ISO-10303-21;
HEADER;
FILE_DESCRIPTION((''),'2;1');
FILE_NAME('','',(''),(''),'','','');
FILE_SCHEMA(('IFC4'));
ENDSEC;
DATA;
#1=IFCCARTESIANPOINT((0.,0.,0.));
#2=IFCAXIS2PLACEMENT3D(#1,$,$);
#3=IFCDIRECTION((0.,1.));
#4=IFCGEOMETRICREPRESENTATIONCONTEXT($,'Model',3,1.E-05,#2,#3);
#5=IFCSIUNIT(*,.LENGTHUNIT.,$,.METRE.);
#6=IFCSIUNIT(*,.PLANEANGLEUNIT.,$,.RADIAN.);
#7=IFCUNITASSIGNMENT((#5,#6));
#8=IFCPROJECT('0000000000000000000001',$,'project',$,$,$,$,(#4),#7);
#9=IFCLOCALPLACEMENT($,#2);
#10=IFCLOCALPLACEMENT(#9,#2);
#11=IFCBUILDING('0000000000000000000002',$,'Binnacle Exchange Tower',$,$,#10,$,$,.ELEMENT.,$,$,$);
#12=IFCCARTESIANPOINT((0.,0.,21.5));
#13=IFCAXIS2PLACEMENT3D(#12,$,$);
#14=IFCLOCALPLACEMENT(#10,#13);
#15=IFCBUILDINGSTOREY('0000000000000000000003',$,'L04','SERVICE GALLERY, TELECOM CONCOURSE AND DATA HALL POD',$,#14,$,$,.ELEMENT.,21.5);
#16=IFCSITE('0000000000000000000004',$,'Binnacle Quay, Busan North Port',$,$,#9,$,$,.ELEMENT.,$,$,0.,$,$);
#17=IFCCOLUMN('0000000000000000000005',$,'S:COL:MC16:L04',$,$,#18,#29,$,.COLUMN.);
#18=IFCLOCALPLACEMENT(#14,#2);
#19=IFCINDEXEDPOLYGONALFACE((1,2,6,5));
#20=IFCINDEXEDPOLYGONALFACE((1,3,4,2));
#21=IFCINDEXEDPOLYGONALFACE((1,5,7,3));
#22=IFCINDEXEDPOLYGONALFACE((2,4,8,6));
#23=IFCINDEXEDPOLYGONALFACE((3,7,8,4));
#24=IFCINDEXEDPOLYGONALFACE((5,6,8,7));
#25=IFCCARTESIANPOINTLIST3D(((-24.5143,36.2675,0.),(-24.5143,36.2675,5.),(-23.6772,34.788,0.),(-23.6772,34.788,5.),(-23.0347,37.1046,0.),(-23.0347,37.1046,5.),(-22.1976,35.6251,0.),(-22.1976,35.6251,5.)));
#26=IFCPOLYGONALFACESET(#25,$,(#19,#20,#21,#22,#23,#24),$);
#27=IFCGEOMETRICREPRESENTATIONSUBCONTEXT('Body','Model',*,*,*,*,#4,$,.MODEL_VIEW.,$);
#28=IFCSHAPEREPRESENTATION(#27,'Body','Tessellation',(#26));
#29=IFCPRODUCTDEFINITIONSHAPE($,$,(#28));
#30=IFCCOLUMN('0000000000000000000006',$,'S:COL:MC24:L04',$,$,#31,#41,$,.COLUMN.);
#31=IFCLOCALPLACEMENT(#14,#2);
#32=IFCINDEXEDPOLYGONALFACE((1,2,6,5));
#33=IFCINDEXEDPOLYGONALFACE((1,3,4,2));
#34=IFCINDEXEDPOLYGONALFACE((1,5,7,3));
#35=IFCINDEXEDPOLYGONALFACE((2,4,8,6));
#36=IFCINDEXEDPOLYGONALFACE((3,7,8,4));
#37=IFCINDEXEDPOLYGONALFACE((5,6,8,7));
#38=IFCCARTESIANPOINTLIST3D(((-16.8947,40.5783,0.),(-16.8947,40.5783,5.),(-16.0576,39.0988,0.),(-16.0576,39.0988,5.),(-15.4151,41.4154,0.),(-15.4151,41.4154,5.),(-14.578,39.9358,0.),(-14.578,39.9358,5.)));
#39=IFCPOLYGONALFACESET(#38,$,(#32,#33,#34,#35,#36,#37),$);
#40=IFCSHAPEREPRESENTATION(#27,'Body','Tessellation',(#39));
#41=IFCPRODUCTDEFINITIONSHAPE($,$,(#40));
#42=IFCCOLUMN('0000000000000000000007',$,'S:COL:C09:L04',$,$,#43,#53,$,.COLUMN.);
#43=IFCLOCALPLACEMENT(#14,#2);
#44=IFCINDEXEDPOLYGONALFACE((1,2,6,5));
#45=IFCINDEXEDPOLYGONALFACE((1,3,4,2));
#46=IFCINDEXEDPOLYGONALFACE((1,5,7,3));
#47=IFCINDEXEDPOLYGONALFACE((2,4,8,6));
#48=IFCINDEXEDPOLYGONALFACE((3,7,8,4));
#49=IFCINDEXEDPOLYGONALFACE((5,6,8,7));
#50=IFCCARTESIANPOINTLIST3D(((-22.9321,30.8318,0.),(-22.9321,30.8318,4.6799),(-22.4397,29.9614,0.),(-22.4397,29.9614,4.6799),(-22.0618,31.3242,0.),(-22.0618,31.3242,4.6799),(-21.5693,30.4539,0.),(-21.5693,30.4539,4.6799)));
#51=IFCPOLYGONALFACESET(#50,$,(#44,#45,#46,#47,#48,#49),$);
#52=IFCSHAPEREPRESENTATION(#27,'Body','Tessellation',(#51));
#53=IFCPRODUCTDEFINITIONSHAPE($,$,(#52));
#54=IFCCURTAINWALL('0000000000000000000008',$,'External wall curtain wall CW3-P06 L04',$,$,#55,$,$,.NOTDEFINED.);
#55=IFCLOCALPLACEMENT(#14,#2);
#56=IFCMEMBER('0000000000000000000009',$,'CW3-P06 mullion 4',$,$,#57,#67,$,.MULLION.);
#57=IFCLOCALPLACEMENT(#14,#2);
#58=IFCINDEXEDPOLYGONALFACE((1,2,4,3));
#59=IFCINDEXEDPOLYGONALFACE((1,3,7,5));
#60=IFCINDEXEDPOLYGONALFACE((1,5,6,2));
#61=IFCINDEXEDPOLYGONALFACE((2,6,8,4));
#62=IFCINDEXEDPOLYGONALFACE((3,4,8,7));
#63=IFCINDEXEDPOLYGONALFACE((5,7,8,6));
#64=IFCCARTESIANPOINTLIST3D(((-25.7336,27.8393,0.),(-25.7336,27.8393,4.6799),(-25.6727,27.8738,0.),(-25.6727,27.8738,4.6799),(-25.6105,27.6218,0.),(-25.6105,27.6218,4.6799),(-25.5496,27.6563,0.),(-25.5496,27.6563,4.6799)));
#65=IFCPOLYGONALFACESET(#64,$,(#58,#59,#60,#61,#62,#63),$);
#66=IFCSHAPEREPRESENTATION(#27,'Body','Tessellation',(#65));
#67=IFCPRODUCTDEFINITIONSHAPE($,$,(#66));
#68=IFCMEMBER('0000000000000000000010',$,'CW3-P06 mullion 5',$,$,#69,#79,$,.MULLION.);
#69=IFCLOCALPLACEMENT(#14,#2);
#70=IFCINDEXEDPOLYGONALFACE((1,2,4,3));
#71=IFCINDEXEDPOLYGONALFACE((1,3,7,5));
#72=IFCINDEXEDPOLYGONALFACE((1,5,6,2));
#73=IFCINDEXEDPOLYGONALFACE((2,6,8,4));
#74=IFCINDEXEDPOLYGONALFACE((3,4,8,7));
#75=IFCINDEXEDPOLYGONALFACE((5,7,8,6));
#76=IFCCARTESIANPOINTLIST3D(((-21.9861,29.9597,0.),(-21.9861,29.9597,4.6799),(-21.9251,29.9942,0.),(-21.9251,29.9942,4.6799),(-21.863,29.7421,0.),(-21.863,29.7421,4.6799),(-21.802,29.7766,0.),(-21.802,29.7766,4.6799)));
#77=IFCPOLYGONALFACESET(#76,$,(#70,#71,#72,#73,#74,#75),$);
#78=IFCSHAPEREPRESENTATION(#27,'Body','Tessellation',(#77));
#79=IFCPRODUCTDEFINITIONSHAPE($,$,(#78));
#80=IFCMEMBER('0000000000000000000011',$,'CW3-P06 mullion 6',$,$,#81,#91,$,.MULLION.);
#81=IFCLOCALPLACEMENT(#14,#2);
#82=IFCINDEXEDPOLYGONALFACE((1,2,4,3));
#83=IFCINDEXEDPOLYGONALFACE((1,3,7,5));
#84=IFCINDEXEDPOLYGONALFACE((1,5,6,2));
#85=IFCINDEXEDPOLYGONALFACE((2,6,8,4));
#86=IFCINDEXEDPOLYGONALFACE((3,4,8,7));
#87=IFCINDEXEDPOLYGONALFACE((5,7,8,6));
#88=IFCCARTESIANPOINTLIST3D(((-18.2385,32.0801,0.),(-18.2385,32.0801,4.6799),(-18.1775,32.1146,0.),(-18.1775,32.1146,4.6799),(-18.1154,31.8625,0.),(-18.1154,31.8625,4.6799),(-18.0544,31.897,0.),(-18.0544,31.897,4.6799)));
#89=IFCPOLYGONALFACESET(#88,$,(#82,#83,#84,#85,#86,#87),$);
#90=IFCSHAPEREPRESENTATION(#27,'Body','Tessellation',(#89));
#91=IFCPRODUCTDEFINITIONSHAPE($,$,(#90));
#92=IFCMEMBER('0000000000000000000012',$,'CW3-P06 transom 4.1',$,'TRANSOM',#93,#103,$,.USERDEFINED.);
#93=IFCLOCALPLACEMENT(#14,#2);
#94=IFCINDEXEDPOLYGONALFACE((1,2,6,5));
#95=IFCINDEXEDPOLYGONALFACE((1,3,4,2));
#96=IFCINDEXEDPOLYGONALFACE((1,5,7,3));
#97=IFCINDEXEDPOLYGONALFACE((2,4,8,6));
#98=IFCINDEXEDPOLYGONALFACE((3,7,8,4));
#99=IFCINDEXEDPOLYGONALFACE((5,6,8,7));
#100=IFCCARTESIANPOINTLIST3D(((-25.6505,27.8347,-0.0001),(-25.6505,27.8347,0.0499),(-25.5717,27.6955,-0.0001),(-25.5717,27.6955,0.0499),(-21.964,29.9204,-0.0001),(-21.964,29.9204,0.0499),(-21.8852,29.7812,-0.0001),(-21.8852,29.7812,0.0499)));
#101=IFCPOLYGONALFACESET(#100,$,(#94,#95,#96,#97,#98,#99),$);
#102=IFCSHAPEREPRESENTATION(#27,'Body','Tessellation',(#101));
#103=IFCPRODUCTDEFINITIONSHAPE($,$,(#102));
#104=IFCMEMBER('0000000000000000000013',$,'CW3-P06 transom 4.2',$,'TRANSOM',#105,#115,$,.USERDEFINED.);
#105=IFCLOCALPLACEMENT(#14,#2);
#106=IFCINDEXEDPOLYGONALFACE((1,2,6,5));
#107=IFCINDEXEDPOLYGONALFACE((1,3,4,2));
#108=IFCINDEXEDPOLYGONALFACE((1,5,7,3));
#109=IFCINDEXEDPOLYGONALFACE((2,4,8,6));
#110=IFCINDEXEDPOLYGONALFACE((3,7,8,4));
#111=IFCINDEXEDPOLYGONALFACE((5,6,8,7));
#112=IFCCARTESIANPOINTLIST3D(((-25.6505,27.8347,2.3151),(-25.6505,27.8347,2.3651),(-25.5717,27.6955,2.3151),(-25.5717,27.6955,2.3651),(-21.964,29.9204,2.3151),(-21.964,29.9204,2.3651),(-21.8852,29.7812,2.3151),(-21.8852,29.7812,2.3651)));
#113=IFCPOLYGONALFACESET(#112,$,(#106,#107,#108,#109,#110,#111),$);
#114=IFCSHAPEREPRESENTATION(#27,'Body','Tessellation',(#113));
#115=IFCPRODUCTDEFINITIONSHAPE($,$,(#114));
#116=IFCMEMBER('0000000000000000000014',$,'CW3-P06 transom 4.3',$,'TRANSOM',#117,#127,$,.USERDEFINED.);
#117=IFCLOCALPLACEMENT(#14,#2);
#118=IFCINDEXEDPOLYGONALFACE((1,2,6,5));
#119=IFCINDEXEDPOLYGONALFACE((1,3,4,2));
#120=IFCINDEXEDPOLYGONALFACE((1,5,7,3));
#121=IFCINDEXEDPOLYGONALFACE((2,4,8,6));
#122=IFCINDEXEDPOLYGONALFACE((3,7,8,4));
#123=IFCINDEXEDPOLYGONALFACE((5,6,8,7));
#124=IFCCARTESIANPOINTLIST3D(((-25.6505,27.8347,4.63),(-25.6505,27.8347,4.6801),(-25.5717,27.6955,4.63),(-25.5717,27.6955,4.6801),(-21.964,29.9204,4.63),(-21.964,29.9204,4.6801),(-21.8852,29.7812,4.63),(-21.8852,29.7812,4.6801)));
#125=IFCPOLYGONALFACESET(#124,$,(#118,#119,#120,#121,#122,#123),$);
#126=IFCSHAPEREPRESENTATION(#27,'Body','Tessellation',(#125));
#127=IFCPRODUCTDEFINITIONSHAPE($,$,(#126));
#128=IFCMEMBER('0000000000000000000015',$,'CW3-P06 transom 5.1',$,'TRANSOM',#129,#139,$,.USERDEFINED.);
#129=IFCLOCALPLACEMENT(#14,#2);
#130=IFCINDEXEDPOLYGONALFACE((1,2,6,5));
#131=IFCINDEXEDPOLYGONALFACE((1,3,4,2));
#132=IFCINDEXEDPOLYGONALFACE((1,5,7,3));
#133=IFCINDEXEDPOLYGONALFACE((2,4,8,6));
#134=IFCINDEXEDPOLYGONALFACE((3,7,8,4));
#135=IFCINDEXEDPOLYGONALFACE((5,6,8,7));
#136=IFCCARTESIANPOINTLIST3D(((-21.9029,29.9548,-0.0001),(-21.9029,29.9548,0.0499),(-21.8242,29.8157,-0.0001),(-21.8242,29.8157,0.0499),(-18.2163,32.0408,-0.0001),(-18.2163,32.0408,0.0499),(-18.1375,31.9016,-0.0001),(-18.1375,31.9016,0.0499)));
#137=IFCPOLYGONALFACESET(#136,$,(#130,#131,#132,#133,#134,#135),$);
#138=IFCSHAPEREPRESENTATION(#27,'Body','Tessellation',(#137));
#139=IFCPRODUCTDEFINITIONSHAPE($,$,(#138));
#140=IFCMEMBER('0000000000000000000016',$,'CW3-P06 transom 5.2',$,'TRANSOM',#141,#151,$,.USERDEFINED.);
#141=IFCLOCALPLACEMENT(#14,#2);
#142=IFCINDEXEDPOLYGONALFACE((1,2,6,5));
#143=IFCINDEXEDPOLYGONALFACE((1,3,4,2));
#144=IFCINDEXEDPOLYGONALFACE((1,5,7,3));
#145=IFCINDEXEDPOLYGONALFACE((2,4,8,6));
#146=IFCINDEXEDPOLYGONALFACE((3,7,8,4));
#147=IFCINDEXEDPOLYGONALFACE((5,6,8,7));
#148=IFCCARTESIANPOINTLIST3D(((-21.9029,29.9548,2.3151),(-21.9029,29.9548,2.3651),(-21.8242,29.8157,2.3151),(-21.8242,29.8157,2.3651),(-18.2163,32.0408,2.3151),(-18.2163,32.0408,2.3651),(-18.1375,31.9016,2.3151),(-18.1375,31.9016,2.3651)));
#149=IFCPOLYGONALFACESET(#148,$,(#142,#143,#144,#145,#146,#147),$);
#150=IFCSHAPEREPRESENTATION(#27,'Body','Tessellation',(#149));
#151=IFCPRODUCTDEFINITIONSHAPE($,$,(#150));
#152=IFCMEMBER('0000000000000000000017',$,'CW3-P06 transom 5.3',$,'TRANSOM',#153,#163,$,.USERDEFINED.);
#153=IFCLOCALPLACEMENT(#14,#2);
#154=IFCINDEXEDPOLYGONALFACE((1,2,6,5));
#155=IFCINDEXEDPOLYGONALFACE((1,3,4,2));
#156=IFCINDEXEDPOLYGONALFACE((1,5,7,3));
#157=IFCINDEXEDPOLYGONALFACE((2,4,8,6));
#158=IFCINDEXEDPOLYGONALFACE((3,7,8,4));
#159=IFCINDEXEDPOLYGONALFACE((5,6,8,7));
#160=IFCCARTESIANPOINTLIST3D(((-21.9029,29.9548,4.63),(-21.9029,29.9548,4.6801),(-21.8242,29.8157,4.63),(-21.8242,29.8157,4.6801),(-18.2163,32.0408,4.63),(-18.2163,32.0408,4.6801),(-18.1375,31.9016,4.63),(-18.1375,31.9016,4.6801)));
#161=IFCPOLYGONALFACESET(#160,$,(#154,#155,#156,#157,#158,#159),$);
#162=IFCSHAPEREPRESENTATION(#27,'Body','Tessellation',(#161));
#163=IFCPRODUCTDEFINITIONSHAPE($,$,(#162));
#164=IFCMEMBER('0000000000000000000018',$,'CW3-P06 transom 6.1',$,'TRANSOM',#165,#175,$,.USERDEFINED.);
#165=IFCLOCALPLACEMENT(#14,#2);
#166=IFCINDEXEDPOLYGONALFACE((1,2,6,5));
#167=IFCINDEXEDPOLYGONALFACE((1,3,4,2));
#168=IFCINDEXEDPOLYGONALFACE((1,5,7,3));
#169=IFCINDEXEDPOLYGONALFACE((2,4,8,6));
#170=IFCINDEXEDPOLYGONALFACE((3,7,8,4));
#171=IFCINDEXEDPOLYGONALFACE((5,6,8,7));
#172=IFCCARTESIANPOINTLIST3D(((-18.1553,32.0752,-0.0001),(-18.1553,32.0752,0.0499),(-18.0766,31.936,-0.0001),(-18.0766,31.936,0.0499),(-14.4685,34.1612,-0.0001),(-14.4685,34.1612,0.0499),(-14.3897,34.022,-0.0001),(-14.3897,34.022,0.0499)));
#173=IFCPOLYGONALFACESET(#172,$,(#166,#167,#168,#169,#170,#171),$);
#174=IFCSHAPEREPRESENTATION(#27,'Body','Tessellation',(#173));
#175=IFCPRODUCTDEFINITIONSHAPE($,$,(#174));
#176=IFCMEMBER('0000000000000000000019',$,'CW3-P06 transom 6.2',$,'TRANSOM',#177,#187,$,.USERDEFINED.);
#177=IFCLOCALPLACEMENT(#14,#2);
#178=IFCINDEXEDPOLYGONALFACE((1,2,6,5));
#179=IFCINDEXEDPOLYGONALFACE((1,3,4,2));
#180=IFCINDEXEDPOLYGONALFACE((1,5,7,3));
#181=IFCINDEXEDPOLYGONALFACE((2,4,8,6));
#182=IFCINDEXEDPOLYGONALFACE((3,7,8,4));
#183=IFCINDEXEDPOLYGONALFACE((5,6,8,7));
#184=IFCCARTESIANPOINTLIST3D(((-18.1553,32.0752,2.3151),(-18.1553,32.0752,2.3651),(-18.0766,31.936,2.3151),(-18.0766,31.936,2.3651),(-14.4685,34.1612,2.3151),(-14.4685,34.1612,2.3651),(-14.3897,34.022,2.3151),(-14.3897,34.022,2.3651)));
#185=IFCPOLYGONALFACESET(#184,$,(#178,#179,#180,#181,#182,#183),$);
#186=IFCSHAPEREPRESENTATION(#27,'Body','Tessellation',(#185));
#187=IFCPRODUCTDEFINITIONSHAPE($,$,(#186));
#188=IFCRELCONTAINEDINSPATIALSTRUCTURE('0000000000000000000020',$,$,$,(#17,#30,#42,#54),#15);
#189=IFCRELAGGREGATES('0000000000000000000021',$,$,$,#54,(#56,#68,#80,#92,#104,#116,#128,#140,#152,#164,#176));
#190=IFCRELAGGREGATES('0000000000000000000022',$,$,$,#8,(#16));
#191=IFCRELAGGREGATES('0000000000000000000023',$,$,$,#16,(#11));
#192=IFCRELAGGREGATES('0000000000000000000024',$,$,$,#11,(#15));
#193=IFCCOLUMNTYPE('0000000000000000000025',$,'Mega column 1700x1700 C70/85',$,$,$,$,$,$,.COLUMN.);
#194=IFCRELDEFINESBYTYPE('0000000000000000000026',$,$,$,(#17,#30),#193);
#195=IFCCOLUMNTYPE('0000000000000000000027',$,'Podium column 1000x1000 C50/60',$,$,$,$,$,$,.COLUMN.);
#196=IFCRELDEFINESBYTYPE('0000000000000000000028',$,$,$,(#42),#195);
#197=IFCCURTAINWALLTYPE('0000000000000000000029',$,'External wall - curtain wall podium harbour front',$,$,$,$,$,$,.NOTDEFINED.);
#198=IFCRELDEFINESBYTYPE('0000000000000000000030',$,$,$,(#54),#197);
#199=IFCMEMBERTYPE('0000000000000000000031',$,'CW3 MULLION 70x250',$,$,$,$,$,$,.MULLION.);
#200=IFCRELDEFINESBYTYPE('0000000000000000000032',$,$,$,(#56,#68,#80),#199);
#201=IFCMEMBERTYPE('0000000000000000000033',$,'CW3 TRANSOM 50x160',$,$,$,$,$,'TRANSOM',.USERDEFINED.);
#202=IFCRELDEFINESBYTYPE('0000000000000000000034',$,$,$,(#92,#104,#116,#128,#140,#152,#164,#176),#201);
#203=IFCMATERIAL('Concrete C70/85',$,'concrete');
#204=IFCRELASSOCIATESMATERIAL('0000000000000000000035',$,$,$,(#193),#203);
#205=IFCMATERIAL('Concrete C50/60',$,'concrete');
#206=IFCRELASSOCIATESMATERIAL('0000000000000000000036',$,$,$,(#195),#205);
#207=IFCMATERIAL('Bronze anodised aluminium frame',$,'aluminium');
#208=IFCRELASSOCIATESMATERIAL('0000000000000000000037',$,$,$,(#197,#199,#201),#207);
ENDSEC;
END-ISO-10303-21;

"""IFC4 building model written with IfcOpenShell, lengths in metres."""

from ifc_helpers import new_model, si_unit, direction, frame, origin, origin_2d, place, context, subcontext, project, spatial, rectangle, extrude, material, material_profile, profile_set, type_object, element, aggregate, save


model = new_model("IFC4")

# Units and contexts
model_context = context("Model", 3, precision=1e-05, world=origin(), true_north=direction((0.0, 1.0)))
body_context = subcontext(model_context, "Body", "Model", "MODEL_VIEW")
ifc_project = project(units=[si_unit("LENGTHUNIT", "METRE"), si_unit("PLANEANGLEUNIT", "RADIAN")], contexts=[model_context])

# Site, building, storey
site_placement = place(None, origin())
site = spatial("IfcSite", under=ifc_project, at=site_placement, Name="Binnacle Quay, Busan North Port", CompositionType="ELEMENT", RefElevation=0.0)
building_placement = place(site_placement, origin())
building = spatial("IfcBuilding", under=site, at=building_placement, Name="Binnacle Exchange Tower", CompositionType="ELEMENT")
storey_placement = place(building_placement, frame((0.0, 0.0, 21.5)))
storey = spatial("IfcBuildingStorey", under=building, at=storey_placement, Name="L04", Description="SERVICE GALLERY, TELECOM CONCOURSE AND DATA HALL POD", CompositionType="ELEMENT", Elevation=21.5)

# Columns
ifc_material_1 = material(Name="Concrete C70/85", Category="concrete")
ifc_material_profile_1 = material_profile(ifc_material_1, rectangle(XDim=1.7, YDim=1.7, at=origin_2d()), Name="Mega column 1700x1700 C70/85")
ifc_profile_set_1 = profile_set([ifc_material_profile_1], Name="Concrete C70/85")
column_type_1 = type_object("IfcColumnType", Name="Mega column 1700x1700 C70/85", PredefinedType="COLUMN", material=ifc_profile_set_1)
for number, where, z_axis, x_axis, name in (
    (1, (-23.356, 35.9463, 0.0), (0.0, 0.0, 1.0), (0.870356, 0.492424, 0.0), "S:COL:MC16:L04"),
    (2, (-15.7363, 40.2571, 0.0), (0.0, 0.0, 1.0), (0.870356, 0.492424, 0.0), "S:COL:MC24:L04"),
):
    element("IfcColumn", number, at=place(storey_placement, frame(where, z_axis=z_axis, x_axis=x_axis)), inside=storey, type_object=column_type_1, Name=name, PredefinedType="COLUMN", context=body_context, shape_type="SweptSolid", body=[
        extrude(rectangle(XDim=1.7, YDim=1.7, at=origin_2d()), origin(), (0.0, 0.0, 1.0), 5.0),
    ])
ifc_material_2 = material(Name="Concrete C50/60", Category="concrete")
ifc_material_profile_2 = material_profile(ifc_material_2, rectangle(XDim=1.0, YDim=1.0, at=origin_2d()), Name="Podium column 1000x1000 C50/60")
ifc_profile_set_2 = profile_set([ifc_material_profile_2], Name="Concrete C50/60")
column_type_2 = type_object("IfcColumnType", Name="Podium column 1000x1000 C50/60", PredefinedType="COLUMN", material=ifc_profile_set_2)
column_placement = place(storey_placement, frame((-22.2507, 30.6428, 0.0), z_axis=(0.0, 0.0, 1.0), x_axis=(0.870356, 0.492424, 0.0)))
element("IfcColumn", 3, at=column_placement, inside=storey, type_object=column_type_2, Name="S:COL:C09:L04", PredefinedType="COLUMN", context=body_context, shape_type="SweptSolid", body=[
    extrude(rectangle(XDim=1.0, YDim=1.0, at=origin_2d()), origin(), (0.0, 0.0, 1.0), 4.6799),
])

# Curtain wall, members
ifc_material_3 = material(Name="Bronze anodised aluminium frame", Category="aluminium")
curtain_wall_type = type_object("IfcCurtainWallType", Name="External wall - curtain wall podium harbour front", PredefinedType="NOTDEFINED", material=ifc_material_3)
curtain_wall_placement = place(storey_placement, origin())
curtain_wall = element("IfcCurtainWall", 4, at=curtain_wall_placement, inside=storey, type_object=curtain_wall_type, Name="External wall curtain wall CW3-P06 L04", PredefinedType="NOTDEFINED")
ifc_material_profile_3 = material_profile(ifc_material_3, rectangle(XDim=0.25, YDim=0.0701, at=origin_2d()), Name="AL 70x250")
ifc_profile_set_3 = profile_set([ifc_material_profile_3], Name="Bronze anodised aluminium frame")
member_type_1 = type_object("IfcMemberType", Name="CW3 MULLION 70x250", PredefinedType="MULLION", material=ifc_profile_set_3)
member_1_placement = place(storey_placement, frame((-25.6416, 27.7478, 0.0), z_axis=(0.0, 0.0, 1.0), x_axis=(-0.492424, 0.870356, 0.0)))
member_1 = element("IfcMember", 5, at=member_1_placement, type_object=member_type_1, Name="CW3-P06 mullion 4", PredefinedType="MULLION", context=body_context, shape_type="SweptSolid", body=[
    extrude(rectangle(XDim=0.25, YDim=0.0701, at=origin_2d()), origin(), (0.0, 0.0, 1.0), 4.6799),
])
member_2_placement = place(storey_placement, frame((-21.894, 29.8682, 0.0), z_axis=(0.0, 0.0, 1.0), x_axis=(-0.492424, 0.870356, 0.0)))
member_2 = element("IfcMember", 6, at=member_2_placement, type_object=member_type_1, Name="CW3-P06 mullion 5", PredefinedType="MULLION", context=body_context, shape_type="SweptSolid", body=[
    extrude(rectangle(XDim=0.25, YDim=0.0701, at=origin_2d()), origin(), (0.0, 0.0, 1.0), 4.6799),
])
member_3_placement = place(storey_placement, frame((-18.1465, 31.9885, 0.0), z_axis=(0.0, 0.0, 1.0), x_axis=(-0.492424, 0.870356, 0.0)))
member_3 = element("IfcMember", 7, at=member_3_placement, type_object=member_type_1, Name="CW3-P06 mullion 6", PredefinedType="MULLION", context=body_context, shape_type="SweptSolid", body=[
    extrude(rectangle(XDim=0.25, YDim=0.0701, at=origin_2d()), origin(), (0.0, 0.0, 1.0), 4.6799),
])
ifc_material_profile_4 = material_profile(ifc_material_3, rectangle(XDim=0.1599, YDim=0.05, at=origin_2d()), Name="AL 160x50")
ifc_profile_set_4 = profile_set([ifc_material_profile_4], Name="Bronze anodised aluminium frame")
member_type_2 = type_object("IfcMemberType", Name="CW3 TRANSOM 50x160", ElementType="TRANSOM", PredefinedType="USERDEFINED", material=ifc_profile_set_4)
member_4_placement = place(storey_placement, frame((-25.6111, 27.7651, 0.0249), z_axis=(0.87036, 0.492416, 0.0), x_axis=(-0.492416, 0.87036, 0.0)))
member_4 = element("IfcMember", 8, at=member_4_placement, type_object=member_type_2, Name="CW3-P06 transom 4.1", ObjectType="TRANSOM", PredefinedType="USERDEFINED", context=body_context, shape_type="SweptSolid", body=[
    extrude(rectangle(XDim=0.1599, YDim=0.05, at=origin_2d()), origin(), (0.0, 0.0, 1.0), 4.2356),
])
member_5_placement = place(storey_placement, frame((-25.6111, 27.7651, 2.3401), z_axis=(0.87036, 0.492416, 0.0), x_axis=(-0.492416, 0.87036, 0.0)))
member_5 = element("IfcMember", 9, at=member_5_placement, type_object=member_type_2, Name="CW3-P06 transom 4.2", ObjectType="TRANSOM", PredefinedType="USERDEFINED", context=body_context, shape_type="SweptSolid", body=[
    extrude(rectangle(XDim=0.1599, YDim=0.05, at=origin_2d()), origin(), (0.0, 0.0, 1.0), 4.2356),
])
member_6_placement = place(storey_placement, frame((-25.6111, 27.7651, 4.655), z_axis=(0.87036, 0.492416, 0.0), x_axis=(-0.492416, 0.87036, 0.0)))
member_6 = element("IfcMember", 10, at=member_6_placement, type_object=member_type_2, Name="CW3-P06 transom 4.3", ObjectType="TRANSOM", PredefinedType="USERDEFINED", context=body_context, shape_type="SweptSolid", body=[
    extrude(rectangle(XDim=0.1599, YDim=0.05, at=origin_2d()), origin(), (0.0, 0.0, 1.0), 4.2356),
])
member_7_placement = place(storey_placement, frame((-21.8635, 29.8853, 0.0249), z_axis=(0.870335, 0.49246, 0.0), x_axis=(-0.49246, 0.870335, 0.0)))
member_7 = element("IfcMember", 11, at=member_7_placement, type_object=member_type_2, Name="CW3-P06 transom 5.1", ObjectType="TRANSOM", PredefinedType="USERDEFINED", context=body_context, shape_type="SweptSolid", body=[
    extrude(rectangle(XDim=0.1599, YDim=0.05, at=origin_2d()), origin(), (0.0, 0.0, 1.0), 4.2358),
])
member_8_placement = place(storey_placement, frame((-21.8635, 29.8853, 2.3401), z_axis=(0.870335, 0.49246, 0.0), x_axis=(-0.49246, 0.870335, 0.0)))
member_8 = element("IfcMember", 12, at=member_8_placement, type_object=member_type_2, Name="CW3-P06 transom 5.2", ObjectType="TRANSOM", PredefinedType="USERDEFINED", context=body_context, shape_type="SweptSolid", body=[
    extrude(rectangle(XDim=0.1599, YDim=0.05, at=origin_2d()), origin(), (0.0, 0.0, 1.0), 4.2358),
])
member_9_placement = place(storey_placement, frame((-21.8635, 29.8853, 4.655), z_axis=(0.870335, 0.49246, 0.0), x_axis=(-0.49246, 0.870335, 0.0)))
member_9 = element("IfcMember", 13, at=member_9_placement, type_object=member_type_2, Name="CW3-P06 transom 5.3", ObjectType="TRANSOM", PredefinedType="USERDEFINED", context=body_context, shape_type="SweptSolid", body=[
    extrude(rectangle(XDim=0.1599, YDim=0.05, at=origin_2d()), origin(), (0.0, 0.0, 1.0), 4.2358),
])
member_10_placement = place(storey_placement, frame((-18.116, 32.0056, 0.0249), z_axis=(0.870349, 0.492435, 0.0), x_axis=(-0.492435, 0.870349, 0.0)))
member_10 = element("IfcMember", 14, at=member_10_placement, type_object=member_type_2, Name="CW3-P06 transom 6.1", ObjectType="TRANSOM", PredefinedType="USERDEFINED", context=body_context, shape_type="SweptSolid", body=[
    extrude(rectangle(XDim=0.1599, YDim=0.05, at=origin_2d()), origin(), (0.0, 0.0, 1.0), 4.2361),
])
member_11_placement = place(storey_placement, frame((-18.116, 32.0056, 2.3401), z_axis=(0.870349, 0.492435, 0.0), x_axis=(-0.492435, 0.870349, 0.0)))
member_11 = element("IfcMember", 15, at=member_11_placement, type_object=member_type_2, Name="CW3-P06 transom 6.2", ObjectType="TRANSOM", PredefinedType="USERDEFINED", context=body_context, shape_type="SweptSolid", body=[
    extrude(rectangle(XDim=0.1599, YDim=0.05, at=origin_2d()), origin(), (0.0, 0.0, 1.0), 4.2361),
])

aggregate(curtain_wall, [member_1, member_2, member_3, member_4, member_5, member_6, member_7, member_8, member_9, member_10, member_11])

save(model, "model.ifc")
